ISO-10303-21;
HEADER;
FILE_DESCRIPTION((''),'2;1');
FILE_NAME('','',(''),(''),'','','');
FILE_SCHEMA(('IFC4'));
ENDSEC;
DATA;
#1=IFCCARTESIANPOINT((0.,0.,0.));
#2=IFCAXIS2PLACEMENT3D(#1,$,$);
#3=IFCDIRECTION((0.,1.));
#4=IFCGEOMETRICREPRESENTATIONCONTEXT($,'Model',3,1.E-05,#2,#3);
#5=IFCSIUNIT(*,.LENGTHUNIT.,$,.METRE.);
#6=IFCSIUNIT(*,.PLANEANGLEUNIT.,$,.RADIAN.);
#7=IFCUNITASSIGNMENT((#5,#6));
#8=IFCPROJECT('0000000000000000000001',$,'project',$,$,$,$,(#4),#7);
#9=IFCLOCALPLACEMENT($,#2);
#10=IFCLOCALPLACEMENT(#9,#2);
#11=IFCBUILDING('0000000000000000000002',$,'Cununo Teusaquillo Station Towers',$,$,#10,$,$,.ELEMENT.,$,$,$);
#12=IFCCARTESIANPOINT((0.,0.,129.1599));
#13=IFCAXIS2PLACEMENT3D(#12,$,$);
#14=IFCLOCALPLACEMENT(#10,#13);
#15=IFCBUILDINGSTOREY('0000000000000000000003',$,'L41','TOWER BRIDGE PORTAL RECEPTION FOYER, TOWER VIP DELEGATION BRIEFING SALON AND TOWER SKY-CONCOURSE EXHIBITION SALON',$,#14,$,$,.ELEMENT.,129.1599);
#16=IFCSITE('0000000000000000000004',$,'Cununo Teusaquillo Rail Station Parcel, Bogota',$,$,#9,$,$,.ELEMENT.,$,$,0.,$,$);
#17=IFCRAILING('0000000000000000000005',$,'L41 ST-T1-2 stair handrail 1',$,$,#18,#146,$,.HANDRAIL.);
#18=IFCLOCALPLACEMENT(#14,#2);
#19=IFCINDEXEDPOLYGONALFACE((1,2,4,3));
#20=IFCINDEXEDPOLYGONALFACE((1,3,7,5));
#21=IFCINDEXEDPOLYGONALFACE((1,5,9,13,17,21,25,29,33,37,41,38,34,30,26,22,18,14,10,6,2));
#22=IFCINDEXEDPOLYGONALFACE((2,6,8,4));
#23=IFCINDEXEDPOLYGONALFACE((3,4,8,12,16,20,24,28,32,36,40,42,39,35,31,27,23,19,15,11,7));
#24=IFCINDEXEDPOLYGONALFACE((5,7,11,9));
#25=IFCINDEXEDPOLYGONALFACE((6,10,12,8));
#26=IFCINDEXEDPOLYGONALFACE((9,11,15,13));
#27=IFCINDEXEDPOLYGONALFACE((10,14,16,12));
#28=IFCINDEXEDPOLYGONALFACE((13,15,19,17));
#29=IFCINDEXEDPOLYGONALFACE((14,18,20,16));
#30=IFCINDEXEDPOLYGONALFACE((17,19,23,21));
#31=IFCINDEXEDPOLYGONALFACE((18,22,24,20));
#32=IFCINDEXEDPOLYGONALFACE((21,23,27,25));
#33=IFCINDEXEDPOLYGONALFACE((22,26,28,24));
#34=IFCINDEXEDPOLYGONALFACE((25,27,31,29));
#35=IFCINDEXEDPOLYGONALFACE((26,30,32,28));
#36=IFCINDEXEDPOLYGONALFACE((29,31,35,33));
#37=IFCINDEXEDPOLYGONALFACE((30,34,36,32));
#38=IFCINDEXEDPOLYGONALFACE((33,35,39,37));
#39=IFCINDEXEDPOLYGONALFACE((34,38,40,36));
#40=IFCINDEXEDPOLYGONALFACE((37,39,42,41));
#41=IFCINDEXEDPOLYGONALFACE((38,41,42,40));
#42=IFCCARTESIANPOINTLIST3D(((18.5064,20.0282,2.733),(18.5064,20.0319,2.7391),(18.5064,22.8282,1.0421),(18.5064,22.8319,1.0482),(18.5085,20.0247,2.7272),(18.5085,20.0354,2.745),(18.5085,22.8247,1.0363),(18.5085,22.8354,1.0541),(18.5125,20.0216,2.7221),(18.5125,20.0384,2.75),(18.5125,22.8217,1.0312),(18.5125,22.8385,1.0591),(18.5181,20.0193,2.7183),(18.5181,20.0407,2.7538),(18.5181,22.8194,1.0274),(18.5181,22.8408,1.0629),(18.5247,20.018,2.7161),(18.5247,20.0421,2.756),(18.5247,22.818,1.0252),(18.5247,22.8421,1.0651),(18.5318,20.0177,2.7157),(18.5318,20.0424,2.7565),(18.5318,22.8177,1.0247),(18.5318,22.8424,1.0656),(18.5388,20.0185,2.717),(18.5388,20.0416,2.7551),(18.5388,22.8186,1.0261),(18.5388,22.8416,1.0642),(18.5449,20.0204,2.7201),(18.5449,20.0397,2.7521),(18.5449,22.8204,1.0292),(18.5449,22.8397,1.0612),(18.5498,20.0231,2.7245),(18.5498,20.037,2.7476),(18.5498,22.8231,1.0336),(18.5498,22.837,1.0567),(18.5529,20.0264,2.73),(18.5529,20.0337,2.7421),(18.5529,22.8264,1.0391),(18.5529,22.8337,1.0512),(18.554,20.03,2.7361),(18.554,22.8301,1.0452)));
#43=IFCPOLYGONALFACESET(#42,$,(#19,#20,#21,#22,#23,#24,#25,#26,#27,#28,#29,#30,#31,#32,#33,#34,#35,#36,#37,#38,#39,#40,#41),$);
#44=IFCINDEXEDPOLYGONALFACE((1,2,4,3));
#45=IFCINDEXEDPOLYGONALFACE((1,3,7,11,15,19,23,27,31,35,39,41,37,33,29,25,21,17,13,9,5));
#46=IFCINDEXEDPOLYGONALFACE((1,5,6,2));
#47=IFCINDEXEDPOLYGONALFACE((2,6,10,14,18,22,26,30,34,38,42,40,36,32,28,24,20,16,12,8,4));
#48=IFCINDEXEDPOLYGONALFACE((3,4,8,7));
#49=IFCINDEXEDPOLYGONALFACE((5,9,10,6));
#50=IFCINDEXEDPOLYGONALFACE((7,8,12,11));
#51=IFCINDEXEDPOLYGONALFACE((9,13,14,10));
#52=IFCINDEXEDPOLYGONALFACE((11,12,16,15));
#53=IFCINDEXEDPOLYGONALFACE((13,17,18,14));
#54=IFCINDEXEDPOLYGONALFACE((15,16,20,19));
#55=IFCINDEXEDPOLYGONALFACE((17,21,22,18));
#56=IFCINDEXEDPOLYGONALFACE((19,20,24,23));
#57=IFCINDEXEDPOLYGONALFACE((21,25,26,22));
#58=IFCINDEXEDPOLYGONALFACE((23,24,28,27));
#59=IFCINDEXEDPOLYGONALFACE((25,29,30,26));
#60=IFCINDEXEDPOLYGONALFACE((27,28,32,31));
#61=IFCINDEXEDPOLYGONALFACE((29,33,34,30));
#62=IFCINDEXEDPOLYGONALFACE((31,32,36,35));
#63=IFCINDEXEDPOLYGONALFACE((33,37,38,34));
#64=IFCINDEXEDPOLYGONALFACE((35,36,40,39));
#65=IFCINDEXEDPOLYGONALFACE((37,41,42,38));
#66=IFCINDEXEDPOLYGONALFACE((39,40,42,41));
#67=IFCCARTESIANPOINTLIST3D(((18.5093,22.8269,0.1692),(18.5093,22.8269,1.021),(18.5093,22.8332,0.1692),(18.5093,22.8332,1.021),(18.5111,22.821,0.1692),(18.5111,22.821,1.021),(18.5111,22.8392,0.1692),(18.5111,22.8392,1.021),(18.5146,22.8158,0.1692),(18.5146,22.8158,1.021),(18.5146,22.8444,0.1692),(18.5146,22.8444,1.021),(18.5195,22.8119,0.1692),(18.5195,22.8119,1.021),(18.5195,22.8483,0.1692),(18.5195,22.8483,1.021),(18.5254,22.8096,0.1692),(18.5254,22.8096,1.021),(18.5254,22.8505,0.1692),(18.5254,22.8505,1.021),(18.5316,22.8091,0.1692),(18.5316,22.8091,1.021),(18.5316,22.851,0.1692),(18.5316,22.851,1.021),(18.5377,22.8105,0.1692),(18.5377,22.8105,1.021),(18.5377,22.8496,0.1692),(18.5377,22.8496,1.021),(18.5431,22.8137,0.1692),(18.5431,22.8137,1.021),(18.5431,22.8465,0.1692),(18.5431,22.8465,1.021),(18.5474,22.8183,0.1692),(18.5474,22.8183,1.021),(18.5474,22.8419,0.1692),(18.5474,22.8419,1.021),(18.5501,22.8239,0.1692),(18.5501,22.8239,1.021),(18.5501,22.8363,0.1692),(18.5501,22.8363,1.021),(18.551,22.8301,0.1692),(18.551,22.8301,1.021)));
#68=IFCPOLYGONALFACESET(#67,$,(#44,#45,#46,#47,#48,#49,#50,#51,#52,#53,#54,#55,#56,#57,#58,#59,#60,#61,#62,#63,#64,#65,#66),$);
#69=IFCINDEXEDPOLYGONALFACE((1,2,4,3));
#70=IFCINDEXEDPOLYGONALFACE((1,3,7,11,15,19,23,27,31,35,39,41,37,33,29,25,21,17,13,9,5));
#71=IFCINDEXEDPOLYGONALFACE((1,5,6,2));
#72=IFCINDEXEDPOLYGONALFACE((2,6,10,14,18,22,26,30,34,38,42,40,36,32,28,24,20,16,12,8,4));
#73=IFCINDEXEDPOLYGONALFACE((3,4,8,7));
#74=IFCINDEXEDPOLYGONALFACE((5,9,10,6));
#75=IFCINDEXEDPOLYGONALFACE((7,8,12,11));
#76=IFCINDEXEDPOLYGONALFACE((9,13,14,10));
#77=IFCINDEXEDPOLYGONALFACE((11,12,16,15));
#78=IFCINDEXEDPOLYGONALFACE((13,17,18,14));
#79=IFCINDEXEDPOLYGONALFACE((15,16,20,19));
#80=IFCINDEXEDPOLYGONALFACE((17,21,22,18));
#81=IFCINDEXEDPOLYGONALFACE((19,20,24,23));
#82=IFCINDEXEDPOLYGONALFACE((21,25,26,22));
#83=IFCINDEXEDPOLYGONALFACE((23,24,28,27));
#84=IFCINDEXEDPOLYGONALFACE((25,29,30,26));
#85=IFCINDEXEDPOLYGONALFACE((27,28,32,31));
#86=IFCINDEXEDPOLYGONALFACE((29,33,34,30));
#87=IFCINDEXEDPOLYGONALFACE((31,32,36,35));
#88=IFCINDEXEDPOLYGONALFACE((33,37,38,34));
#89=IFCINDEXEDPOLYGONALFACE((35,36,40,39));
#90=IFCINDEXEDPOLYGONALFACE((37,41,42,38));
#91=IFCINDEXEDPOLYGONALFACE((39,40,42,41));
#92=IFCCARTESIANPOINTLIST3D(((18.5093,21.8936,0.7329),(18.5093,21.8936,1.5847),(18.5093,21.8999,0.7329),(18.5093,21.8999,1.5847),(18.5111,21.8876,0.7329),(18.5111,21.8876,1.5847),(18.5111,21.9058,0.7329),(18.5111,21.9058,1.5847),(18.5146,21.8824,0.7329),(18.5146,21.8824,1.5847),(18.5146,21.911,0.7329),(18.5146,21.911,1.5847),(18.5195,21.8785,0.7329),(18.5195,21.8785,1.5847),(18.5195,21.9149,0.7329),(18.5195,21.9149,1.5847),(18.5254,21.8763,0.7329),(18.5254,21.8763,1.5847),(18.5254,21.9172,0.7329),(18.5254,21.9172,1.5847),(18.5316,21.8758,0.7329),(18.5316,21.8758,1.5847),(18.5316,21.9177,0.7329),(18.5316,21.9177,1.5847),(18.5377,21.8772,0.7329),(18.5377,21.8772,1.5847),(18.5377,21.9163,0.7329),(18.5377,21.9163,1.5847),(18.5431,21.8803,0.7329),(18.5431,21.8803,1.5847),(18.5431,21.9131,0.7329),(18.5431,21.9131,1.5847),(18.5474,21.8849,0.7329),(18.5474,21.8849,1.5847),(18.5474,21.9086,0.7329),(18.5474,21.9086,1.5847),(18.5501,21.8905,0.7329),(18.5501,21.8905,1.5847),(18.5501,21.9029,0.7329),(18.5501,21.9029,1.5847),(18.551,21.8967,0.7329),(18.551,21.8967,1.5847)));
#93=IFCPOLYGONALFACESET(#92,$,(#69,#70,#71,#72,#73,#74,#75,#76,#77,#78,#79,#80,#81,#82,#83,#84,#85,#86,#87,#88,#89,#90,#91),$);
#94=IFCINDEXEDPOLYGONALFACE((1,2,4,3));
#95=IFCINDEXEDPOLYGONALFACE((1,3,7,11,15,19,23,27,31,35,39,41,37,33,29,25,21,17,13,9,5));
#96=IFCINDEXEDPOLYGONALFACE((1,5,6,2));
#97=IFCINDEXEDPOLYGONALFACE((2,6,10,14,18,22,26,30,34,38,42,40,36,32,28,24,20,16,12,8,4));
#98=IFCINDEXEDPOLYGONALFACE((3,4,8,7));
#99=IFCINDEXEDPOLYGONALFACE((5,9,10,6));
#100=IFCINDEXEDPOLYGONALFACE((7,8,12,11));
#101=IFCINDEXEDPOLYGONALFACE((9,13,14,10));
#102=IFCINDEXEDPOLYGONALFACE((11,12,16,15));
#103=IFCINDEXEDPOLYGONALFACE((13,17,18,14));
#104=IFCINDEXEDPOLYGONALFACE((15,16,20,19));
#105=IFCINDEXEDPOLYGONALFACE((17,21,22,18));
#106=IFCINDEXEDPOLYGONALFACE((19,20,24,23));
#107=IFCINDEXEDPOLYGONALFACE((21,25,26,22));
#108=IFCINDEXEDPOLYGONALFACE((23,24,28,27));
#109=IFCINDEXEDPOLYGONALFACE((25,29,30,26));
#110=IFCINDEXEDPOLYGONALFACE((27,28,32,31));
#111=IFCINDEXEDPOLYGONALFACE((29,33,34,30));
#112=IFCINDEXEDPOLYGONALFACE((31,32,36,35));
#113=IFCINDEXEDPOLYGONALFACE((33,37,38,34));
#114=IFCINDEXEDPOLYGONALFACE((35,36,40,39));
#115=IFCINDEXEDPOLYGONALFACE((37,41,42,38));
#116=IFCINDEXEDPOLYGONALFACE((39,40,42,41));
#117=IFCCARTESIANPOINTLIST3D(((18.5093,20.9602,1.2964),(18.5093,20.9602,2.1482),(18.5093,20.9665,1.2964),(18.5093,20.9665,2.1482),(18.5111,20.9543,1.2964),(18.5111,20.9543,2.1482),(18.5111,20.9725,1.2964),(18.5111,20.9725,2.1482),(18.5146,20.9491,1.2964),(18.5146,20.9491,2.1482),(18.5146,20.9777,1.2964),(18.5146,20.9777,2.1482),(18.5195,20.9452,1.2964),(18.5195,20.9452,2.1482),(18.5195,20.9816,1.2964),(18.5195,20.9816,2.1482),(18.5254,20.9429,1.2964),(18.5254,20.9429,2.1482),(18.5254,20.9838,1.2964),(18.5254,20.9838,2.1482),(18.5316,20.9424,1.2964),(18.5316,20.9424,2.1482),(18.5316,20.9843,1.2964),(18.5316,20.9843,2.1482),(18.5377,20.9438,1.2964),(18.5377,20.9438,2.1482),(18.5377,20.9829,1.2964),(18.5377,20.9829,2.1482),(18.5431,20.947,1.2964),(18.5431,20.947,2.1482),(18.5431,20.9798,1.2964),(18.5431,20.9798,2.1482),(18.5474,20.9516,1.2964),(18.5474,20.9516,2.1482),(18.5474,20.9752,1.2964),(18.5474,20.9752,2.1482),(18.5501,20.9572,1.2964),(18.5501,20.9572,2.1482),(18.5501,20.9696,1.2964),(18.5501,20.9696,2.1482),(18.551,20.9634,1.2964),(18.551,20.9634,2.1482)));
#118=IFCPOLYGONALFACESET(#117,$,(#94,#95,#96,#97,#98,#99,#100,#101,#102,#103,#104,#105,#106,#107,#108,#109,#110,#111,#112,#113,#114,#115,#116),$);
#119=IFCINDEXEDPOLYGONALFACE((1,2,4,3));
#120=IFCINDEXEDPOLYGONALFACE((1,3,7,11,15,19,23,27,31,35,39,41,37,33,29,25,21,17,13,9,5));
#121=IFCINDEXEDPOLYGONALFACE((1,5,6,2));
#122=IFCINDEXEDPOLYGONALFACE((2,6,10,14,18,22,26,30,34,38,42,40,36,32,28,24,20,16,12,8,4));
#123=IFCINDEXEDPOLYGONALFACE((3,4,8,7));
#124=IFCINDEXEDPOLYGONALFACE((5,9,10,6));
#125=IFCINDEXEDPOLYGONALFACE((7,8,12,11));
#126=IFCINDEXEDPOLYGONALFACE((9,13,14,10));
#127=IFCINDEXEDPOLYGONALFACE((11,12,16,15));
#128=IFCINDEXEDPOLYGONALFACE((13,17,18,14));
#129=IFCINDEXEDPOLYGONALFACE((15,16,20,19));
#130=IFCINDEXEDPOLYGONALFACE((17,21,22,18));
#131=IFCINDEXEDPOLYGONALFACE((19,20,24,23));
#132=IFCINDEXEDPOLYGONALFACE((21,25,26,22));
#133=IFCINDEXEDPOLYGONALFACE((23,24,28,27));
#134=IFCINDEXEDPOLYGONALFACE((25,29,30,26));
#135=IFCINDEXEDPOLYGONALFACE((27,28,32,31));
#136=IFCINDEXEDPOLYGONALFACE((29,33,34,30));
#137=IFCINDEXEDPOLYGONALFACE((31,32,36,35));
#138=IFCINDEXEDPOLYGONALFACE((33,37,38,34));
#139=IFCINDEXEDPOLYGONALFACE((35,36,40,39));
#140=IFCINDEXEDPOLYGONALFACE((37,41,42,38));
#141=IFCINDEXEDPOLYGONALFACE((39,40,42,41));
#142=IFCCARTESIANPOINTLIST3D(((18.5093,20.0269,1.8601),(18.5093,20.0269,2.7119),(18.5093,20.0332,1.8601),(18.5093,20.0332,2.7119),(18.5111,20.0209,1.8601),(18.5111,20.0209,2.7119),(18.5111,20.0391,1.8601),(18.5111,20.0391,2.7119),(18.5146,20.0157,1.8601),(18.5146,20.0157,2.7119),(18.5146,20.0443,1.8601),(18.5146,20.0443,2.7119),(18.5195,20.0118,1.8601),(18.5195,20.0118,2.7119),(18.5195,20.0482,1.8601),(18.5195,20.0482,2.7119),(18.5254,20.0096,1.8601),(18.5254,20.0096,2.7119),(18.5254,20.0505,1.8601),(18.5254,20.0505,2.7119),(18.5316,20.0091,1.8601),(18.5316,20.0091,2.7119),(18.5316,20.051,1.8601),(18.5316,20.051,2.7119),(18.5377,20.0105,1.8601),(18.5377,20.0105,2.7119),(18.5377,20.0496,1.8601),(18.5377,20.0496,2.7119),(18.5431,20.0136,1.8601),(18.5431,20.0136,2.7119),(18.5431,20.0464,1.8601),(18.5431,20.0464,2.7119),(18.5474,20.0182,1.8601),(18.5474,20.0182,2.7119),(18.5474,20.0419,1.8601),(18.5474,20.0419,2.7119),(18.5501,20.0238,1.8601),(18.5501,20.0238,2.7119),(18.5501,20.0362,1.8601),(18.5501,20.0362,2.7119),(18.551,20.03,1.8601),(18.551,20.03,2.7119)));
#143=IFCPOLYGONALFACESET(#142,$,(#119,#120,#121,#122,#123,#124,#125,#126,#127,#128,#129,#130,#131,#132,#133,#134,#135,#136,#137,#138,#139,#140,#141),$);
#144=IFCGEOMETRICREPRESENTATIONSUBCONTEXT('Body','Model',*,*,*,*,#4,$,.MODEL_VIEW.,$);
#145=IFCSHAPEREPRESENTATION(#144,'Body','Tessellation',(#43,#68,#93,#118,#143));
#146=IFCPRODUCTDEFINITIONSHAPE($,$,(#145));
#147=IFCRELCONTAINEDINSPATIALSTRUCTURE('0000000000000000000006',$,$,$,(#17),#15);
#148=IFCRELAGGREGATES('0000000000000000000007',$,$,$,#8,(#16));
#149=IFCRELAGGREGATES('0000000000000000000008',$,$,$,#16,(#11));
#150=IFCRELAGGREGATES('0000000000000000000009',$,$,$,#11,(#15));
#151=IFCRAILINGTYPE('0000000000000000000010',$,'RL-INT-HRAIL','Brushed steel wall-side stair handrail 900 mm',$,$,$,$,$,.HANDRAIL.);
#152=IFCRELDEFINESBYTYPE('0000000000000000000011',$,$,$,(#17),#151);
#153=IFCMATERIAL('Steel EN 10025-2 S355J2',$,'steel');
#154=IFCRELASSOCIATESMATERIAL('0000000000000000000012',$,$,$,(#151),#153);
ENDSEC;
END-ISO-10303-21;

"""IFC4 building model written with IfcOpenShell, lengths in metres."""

from ifc_helpers import new_model, si_unit, direction, frame, origin, origin_2d, place, context, subcontext, project, spatial, circle, extrude, material, type_object, element, save


model = new_model("IFC4")

# Units and contexts
model_context = context("Model", 3, precision=1e-05, world=origin(), true_north=direction((0.0, 1.0)))
body_context = subcontext(model_context, "Body", "Model", "MODEL_VIEW")
ifc_project = project(units=[si_unit("LENGTHUNIT", "METRE"), si_unit("PLANEANGLEUNIT", "RADIAN")], contexts=[model_context])

# Site, building, storey
site_placement = place(None, origin())
site = spatial("IfcSite", under=ifc_project, at=site_placement, Name="Cununo Teusaquillo Rail Station Parcel, Bogota", CompositionType="ELEMENT", RefElevation=0.0)
building_placement = place(site_placement, origin())
building = spatial("IfcBuilding", under=site, at=building_placement, Name="Cununo Teusaquillo Station Towers", CompositionType="ELEMENT")
storey_placement = place(building_placement, frame((0.0, 0.0, 129.1599)))
storey = spatial("IfcBuildingStorey", under=building, at=storey_placement, Name="L41", Description="TOWER BRIDGE PORTAL RECEPTION FOYER, TOWER VIP DELEGATION BRIEFING SALON AND TOWER SKY-CONCOURSE EXHIBITION SALON", CompositionType="ELEMENT", Elevation=129.1599)

# Railing
ifc_material_1 = material(Name="Steel EN 10025-2 S355J2", Category="steel")
railing_type_1 = type_object("IfcRailingType", Name="RL-INT-HRAIL", Description="Brushed steel wall-side stair handrail 900 mm", PredefinedType="HANDRAIL", material=ifc_material_1)
railing_1_placement = place(storey_placement, frame((18.53, 22.8301, 0.1692)))
element("IfcRailing", 1, at=railing_1_placement, inside=storey, type_object=railing_type_1, Name="L41 ST-T1-2 stair handrail 1", PredefinedType="HANDRAIL", context=body_context, shape_type="SweptSolid", body=[
    extrude(circle(Radius=0.0239, at=origin_2d()), frame((0.0, 0.0, 0.876), z_axis=(0.0, -0.856021, 0.516941), x_axis=(1.0, 0.0, 0.0)), (0.0, 0.0, 1.0), 3.271),
    extrude(circle(Radius=0.021, at=origin_2d()), origin(), (0.0, 0.0, 1.0), 0.8518),
    extrude(circle(Radius=0.021, at=origin_2d()), frame((0.0, -0.9333, 0.5637)), (0.0, 0.0, 1.0), 0.8518),
    extrude(circle(Radius=0.021, at=origin_2d()), frame((0.0, -1.8667, 1.1272)), (0.0, 0.0, 1.0), 0.8518),
    extrude(circle(Radius=0.021, at=origin_2d()), frame((0.0, -2.8, 1.6909)), (0.0, 0.0, 1.0), 0.8518),
])

save(model, "model.ifc")
